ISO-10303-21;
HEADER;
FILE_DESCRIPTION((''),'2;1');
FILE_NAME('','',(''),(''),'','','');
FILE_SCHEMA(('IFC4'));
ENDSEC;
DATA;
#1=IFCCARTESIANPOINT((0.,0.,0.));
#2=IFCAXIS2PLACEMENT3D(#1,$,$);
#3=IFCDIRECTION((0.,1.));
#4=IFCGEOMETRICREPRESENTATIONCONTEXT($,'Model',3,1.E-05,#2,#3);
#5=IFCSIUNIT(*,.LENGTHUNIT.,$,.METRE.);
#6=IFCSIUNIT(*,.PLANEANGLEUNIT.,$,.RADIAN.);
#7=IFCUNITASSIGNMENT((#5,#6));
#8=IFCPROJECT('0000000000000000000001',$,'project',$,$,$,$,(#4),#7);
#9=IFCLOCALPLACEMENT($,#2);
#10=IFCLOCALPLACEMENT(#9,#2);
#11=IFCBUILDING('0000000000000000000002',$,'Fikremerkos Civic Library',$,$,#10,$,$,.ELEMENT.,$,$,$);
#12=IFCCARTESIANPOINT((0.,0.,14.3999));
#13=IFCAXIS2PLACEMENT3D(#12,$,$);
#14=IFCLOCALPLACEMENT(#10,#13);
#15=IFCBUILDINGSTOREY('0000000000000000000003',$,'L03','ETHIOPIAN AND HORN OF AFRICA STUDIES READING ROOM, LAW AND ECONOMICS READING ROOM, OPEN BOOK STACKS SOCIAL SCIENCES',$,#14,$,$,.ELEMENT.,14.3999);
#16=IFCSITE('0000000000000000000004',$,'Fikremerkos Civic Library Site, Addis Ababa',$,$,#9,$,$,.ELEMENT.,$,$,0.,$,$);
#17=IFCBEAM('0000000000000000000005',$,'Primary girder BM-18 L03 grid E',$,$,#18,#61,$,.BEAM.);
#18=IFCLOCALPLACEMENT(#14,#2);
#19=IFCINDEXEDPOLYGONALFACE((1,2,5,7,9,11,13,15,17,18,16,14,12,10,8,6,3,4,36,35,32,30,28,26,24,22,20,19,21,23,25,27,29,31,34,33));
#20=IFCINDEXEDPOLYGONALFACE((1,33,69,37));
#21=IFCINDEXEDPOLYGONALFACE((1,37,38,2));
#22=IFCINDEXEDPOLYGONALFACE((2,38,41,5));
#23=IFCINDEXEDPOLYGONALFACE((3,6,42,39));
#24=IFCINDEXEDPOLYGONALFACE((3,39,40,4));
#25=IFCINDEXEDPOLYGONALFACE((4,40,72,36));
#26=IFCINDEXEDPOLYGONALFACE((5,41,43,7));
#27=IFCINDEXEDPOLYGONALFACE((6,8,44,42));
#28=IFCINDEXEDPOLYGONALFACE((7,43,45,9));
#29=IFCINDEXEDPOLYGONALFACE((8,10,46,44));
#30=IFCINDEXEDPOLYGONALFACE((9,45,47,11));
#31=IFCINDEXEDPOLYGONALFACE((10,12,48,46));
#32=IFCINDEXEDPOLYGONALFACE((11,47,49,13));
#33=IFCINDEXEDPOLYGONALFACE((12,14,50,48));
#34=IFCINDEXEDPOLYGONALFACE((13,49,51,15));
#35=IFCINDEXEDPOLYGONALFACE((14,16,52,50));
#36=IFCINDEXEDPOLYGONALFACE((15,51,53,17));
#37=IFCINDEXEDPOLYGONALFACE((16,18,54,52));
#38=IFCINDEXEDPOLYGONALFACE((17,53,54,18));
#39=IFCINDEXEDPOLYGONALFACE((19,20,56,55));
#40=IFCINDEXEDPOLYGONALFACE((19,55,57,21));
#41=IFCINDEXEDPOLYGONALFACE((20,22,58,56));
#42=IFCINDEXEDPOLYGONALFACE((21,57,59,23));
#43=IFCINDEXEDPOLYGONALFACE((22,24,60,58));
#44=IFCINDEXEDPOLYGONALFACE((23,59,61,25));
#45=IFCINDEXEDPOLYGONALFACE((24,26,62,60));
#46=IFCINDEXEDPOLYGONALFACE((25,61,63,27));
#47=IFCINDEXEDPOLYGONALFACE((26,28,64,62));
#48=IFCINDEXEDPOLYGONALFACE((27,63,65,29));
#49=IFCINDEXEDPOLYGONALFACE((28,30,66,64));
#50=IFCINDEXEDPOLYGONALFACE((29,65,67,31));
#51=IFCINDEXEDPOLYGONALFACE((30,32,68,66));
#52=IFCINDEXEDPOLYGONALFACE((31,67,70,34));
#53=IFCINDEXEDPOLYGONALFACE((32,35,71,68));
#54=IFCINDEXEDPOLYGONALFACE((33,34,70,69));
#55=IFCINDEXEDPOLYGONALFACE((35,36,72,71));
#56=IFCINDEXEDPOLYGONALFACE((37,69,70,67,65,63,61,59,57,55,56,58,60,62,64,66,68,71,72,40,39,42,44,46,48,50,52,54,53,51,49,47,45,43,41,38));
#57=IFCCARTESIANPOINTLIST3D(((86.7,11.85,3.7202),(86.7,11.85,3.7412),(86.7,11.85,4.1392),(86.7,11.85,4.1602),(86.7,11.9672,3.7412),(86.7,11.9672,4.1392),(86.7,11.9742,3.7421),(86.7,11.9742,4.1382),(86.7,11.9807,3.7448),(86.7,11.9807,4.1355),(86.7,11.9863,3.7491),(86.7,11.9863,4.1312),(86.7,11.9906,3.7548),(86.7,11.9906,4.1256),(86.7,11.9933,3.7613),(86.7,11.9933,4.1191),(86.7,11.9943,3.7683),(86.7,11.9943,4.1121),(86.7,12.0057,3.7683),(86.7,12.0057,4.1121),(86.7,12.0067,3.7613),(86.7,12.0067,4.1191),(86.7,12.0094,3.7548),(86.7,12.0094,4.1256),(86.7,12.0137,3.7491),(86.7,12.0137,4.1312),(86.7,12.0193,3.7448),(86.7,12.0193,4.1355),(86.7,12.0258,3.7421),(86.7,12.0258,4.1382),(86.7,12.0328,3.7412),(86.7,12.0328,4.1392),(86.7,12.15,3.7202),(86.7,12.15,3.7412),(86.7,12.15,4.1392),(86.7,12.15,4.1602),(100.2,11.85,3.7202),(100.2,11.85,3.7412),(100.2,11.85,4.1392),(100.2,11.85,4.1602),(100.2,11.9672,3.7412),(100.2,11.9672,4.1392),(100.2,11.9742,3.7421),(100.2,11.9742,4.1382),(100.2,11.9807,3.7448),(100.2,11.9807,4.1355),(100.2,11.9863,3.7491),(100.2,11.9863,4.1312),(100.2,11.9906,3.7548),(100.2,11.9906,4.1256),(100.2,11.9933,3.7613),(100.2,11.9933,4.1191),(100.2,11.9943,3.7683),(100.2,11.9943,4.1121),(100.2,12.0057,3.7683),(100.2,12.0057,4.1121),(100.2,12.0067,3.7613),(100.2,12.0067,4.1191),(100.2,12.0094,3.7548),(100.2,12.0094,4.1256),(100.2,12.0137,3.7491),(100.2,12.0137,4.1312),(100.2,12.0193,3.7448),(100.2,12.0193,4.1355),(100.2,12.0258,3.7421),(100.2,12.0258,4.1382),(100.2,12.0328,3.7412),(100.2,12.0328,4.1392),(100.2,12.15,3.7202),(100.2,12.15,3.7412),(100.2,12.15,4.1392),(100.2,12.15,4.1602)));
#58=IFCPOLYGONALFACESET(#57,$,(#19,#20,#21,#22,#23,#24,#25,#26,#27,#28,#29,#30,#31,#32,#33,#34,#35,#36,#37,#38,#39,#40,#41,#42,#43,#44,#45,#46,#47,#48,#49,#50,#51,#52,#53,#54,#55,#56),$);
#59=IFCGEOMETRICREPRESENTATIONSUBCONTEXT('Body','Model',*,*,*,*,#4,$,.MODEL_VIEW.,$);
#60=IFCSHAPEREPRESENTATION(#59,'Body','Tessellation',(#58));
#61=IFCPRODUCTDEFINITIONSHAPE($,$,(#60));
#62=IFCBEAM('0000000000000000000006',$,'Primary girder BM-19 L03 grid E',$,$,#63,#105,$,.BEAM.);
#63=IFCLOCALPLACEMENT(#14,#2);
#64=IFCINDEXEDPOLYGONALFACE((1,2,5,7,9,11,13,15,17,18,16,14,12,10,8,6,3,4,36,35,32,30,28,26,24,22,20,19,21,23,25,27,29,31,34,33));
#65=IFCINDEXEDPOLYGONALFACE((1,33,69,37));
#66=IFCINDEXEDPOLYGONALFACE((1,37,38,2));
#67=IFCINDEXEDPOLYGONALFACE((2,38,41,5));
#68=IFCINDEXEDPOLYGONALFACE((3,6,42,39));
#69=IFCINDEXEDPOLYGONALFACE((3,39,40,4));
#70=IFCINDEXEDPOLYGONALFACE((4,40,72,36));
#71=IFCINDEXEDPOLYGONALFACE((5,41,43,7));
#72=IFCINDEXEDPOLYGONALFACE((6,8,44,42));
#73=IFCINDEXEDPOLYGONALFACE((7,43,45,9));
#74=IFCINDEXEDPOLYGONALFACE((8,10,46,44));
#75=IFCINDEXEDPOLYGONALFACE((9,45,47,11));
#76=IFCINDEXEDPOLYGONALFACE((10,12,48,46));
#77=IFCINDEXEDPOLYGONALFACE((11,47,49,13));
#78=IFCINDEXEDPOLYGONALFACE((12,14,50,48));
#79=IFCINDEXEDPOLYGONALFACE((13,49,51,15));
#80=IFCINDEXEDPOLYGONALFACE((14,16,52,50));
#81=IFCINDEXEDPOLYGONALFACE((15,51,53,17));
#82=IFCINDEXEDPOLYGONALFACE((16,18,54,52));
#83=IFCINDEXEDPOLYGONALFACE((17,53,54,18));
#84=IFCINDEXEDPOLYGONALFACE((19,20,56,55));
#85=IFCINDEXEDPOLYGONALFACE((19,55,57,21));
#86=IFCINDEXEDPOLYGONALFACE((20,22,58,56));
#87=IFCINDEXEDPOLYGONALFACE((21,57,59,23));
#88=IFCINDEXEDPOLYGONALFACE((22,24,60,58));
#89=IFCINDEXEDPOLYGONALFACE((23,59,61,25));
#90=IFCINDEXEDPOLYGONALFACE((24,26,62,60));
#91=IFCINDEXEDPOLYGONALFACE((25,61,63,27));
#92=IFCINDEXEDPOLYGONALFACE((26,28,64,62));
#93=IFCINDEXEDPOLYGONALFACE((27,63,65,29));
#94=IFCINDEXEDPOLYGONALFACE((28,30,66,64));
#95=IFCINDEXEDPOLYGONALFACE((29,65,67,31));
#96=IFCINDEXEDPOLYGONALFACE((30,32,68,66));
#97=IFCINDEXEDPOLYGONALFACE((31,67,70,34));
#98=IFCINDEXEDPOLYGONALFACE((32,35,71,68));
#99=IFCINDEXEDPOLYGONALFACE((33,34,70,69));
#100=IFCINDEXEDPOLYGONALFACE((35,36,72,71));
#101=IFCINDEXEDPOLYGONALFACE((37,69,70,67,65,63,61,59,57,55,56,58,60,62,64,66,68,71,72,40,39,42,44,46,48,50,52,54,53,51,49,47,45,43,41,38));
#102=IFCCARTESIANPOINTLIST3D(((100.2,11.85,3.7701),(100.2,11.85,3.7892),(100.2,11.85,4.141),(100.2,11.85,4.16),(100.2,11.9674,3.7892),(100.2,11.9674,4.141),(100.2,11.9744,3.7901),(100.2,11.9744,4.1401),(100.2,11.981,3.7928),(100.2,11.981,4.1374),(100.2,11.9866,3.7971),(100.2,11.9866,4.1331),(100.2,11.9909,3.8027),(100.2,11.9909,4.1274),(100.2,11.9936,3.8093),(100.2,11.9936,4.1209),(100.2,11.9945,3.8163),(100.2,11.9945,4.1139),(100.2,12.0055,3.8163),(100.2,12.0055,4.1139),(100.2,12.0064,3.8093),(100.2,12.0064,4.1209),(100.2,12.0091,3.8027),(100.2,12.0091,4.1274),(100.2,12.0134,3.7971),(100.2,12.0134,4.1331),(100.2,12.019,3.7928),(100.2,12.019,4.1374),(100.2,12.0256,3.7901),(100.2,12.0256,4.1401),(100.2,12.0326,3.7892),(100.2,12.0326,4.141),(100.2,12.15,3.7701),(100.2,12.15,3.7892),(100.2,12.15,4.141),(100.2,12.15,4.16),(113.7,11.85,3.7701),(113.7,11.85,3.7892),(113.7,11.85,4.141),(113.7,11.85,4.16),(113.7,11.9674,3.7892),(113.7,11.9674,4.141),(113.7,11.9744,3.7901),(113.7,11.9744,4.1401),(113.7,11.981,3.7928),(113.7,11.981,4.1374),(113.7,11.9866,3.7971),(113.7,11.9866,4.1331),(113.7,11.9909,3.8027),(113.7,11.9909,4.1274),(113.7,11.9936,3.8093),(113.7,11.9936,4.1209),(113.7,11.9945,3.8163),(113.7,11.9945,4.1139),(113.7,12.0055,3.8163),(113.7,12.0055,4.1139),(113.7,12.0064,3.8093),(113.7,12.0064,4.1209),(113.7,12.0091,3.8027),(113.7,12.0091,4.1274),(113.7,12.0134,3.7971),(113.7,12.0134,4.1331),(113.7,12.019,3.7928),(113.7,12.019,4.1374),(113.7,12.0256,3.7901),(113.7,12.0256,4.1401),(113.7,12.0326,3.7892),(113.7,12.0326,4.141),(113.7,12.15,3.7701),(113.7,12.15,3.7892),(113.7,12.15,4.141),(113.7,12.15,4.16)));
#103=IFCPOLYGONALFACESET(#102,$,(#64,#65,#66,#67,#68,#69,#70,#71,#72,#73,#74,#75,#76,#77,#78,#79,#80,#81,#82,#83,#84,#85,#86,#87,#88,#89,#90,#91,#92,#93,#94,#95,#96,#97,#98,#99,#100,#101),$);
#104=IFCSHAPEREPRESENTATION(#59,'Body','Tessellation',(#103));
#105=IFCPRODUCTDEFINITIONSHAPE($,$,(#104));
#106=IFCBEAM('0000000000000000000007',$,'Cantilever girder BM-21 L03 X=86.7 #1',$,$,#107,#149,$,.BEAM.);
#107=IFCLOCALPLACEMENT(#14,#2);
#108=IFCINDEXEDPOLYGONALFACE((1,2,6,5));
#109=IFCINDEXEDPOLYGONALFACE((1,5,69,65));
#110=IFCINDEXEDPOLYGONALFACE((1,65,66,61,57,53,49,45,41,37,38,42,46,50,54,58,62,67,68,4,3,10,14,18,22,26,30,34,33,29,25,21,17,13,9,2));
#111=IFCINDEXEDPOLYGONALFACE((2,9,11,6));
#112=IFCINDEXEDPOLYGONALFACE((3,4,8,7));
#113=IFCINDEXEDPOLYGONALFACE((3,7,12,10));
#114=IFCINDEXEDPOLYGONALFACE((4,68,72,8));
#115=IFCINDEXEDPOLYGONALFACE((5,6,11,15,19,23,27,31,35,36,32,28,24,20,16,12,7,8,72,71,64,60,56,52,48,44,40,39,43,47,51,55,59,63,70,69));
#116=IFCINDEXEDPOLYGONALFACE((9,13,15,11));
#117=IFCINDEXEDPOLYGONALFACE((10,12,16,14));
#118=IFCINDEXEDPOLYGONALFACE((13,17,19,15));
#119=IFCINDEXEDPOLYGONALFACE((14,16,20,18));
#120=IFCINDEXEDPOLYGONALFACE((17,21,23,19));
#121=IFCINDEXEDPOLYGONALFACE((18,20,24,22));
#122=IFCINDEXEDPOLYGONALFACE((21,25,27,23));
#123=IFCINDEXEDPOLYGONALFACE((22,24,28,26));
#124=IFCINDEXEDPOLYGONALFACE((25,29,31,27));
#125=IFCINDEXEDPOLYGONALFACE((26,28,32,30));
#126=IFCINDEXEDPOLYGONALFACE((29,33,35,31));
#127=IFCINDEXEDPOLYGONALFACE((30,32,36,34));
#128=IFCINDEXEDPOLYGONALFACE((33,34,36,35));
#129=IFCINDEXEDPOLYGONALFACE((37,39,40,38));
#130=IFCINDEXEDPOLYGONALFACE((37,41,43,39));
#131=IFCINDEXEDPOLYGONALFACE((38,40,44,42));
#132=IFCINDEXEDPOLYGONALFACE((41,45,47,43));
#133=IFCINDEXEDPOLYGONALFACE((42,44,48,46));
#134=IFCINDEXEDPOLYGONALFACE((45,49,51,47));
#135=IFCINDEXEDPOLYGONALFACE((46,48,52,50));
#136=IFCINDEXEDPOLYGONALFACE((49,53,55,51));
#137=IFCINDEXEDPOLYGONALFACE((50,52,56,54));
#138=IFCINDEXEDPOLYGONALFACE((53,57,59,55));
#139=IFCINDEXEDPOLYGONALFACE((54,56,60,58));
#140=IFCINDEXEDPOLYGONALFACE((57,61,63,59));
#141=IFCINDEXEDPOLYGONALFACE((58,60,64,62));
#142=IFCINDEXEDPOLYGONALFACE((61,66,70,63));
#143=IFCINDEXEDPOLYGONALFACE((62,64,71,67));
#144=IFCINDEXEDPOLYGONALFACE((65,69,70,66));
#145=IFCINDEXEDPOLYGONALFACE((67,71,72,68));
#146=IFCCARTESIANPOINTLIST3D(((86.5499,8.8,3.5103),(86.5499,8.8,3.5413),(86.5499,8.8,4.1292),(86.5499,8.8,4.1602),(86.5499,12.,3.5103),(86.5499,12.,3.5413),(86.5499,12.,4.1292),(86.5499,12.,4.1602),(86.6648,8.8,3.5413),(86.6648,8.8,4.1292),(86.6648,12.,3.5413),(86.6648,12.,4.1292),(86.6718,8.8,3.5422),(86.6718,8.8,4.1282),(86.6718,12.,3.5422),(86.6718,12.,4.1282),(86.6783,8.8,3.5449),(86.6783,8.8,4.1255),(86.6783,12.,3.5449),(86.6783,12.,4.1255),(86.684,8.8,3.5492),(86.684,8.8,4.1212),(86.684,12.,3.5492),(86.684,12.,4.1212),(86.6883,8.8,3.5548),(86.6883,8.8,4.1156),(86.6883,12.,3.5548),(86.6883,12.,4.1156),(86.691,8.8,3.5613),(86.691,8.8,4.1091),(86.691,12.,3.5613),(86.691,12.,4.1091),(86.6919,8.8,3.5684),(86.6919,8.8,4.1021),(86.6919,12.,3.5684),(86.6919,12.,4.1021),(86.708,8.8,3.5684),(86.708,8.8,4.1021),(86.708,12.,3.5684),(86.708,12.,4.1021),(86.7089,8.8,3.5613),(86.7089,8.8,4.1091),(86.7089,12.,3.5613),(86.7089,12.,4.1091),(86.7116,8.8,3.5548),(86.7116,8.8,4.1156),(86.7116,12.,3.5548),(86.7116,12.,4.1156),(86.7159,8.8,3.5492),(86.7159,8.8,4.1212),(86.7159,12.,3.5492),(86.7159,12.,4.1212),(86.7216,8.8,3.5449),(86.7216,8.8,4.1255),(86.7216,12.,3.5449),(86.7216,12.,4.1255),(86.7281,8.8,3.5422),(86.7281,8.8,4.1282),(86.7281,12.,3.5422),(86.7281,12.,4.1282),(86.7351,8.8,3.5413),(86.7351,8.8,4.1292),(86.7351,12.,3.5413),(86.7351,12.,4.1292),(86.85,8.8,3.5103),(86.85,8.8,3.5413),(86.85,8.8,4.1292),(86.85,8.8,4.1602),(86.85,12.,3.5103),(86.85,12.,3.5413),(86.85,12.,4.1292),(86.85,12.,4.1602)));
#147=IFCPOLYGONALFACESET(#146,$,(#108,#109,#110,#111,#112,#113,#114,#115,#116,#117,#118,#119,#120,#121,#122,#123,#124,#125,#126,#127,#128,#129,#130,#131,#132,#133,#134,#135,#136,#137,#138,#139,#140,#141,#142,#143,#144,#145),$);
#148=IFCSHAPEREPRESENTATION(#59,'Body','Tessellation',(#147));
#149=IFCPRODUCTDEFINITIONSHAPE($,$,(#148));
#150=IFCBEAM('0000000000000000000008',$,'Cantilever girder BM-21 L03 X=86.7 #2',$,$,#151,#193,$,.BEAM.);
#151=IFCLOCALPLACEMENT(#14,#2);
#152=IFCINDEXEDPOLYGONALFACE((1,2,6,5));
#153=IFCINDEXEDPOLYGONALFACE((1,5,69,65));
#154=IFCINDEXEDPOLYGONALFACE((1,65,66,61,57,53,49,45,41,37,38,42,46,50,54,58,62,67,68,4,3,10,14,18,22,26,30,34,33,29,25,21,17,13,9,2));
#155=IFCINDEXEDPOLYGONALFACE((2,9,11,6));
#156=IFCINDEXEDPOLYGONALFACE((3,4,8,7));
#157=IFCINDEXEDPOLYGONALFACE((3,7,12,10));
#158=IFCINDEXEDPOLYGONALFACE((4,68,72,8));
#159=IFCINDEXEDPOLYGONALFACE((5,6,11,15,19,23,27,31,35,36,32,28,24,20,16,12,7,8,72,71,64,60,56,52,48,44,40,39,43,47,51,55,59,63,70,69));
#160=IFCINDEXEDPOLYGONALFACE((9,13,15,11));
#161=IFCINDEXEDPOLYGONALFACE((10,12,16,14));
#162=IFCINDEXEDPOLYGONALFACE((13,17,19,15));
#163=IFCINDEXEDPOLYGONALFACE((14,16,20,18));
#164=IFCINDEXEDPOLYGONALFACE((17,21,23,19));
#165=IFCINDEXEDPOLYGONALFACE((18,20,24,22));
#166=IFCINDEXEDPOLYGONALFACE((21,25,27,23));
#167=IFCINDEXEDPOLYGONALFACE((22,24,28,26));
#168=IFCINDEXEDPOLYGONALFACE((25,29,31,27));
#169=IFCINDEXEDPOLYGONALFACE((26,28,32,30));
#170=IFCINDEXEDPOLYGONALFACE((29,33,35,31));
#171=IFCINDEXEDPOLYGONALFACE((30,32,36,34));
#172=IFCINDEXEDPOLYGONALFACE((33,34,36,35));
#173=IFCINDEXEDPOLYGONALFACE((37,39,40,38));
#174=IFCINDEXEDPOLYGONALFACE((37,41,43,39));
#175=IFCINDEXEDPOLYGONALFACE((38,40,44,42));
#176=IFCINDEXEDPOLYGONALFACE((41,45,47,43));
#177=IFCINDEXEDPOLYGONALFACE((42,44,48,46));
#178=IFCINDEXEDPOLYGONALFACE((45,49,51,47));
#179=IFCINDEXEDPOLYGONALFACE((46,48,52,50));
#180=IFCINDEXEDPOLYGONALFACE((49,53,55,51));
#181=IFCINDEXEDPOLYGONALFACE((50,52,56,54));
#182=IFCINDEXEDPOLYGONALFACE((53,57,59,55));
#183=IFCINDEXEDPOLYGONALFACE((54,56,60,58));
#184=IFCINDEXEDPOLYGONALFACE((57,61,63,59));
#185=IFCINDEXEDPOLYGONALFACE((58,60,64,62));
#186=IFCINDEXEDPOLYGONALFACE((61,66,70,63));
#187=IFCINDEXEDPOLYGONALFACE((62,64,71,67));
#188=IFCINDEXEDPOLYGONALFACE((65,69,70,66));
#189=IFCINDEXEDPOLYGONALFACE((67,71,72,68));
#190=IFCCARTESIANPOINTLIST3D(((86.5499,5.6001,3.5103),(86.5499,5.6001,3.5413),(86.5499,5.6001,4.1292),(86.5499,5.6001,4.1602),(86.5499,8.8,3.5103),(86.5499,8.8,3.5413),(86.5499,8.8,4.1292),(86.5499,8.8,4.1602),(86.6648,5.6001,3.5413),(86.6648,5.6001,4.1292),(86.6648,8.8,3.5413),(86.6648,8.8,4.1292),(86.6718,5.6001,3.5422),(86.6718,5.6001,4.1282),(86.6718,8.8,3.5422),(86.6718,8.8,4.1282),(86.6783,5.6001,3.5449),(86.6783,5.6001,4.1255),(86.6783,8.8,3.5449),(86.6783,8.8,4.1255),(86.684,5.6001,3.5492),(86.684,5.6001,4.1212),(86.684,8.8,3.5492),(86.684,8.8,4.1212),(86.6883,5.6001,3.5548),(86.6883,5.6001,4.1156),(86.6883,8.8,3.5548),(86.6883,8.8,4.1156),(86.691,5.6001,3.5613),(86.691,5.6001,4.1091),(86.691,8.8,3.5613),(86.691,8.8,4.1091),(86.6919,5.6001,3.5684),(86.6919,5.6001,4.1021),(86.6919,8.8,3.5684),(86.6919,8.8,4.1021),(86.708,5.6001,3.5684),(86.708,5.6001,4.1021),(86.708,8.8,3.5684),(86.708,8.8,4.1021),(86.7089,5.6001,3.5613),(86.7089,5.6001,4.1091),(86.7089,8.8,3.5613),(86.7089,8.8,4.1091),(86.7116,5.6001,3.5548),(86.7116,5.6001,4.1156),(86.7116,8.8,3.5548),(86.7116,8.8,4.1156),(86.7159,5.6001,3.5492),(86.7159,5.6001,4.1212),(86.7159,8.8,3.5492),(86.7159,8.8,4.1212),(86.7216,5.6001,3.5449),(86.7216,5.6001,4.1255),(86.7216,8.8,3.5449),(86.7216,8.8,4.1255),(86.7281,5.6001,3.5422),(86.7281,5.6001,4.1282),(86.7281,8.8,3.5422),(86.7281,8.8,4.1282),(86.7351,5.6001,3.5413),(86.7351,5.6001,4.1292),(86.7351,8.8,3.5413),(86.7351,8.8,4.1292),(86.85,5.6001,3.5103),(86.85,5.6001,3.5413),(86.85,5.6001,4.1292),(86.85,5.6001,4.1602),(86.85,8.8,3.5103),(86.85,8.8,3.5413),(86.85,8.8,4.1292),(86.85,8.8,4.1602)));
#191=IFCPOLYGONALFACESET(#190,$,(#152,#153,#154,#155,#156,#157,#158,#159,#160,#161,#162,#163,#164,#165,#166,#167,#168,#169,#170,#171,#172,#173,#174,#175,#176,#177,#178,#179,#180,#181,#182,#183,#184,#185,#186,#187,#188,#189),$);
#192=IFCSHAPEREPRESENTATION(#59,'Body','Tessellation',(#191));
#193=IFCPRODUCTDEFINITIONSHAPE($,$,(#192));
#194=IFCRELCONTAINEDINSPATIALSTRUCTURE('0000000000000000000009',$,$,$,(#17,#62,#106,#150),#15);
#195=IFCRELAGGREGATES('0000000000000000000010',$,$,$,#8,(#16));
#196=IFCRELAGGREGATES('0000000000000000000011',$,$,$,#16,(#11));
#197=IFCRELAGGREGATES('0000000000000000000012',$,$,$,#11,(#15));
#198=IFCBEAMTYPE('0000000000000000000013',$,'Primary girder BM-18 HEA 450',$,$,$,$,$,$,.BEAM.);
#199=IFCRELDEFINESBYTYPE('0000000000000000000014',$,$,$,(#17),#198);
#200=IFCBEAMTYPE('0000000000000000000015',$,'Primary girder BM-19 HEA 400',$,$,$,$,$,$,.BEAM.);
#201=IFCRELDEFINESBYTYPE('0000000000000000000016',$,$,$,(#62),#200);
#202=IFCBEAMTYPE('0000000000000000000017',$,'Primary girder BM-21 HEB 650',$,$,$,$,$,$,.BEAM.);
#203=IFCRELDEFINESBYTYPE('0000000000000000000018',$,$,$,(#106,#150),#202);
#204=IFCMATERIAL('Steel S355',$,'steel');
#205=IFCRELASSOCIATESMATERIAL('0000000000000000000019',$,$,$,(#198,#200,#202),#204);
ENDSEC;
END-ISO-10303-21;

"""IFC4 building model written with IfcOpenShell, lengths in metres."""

from ifc_helpers import new_model, si_unit, direction, frame, origin, origin_2d, place, context, subcontext, project, spatial, i_section, extrude, material, material_profile, profile_set, type_object, element, save


model = new_model("IFC4")

# Units and contexts
model_context = context("Model", 3, precision=1e-05, world=origin(), true_north=direction((0.0, 1.0)))
body_context = subcontext(model_context, "Body", "Model", "MODEL_VIEW")
ifc_project = project(units=[si_unit("LENGTHUNIT", "METRE"), si_unit("PLANEANGLEUNIT", "RADIAN")], contexts=[model_context])

# Site, building, storey
site_placement = place(None, origin())
site = spatial("IfcSite", under=ifc_project, at=site_placement, Name="Fikremerkos Civic Library Site, Addis Ababa", CompositionType="ELEMENT", RefElevation=0.0)
building_placement = place(site_placement, origin())
building = spatial("IfcBuilding", under=site, at=building_placement, Name="Fikremerkos Civic Library", CompositionType="ELEMENT")
storey_placement = place(building_placement, frame((0.0, 0.0, 14.3999)))
storey = spatial("IfcBuildingStorey", under=building, at=storey_placement, Name="L03", Description="ETHIOPIAN AND HORN OF AFRICA STUDIES READING ROOM, LAW AND ECONOMICS READING ROOM, OPEN BOOK STACKS SOCIAL SCIENCES", CompositionType="ELEMENT", Elevation=14.3999)

# Shared definitions
ifc_material_1 = material(Name="Steel S355", Category="steel")

# Beams
ifc_material_profile_1 = material_profile(ifc_material_1, i_section(OverallWidth=0.3, OverallDepth=0.4399, WebThickness=0.0115, FlangeThickness=0.021, FilletRadius=0.0271, at=origin_2d()), Name="HEA 450")
ifc_profile_set_1 = profile_set([ifc_material_profile_1], Name="Steel S355")
beam_type_1 = type_object("IfcBeamType", Name="Primary girder BM-18 HEA 450", PredefinedType="BEAM", material=ifc_profile_set_1)
beam_1_placement = place(storey_placement, frame((86.7, 12.0, 3.9402), z_axis=(1.0, 0.0, 0.0), x_axis=(0.0, 1.0, 0.0)))
element("IfcBeam", 1, at=beam_1_placement, inside=storey, type_object=beam_type_1, Name="Primary girder BM-18 L03 grid E", PredefinedType="BEAM", context=body_context, shape_type="SweptSolid", body=[
    extrude(i_section(OverallWidth=0.3, OverallDepth=0.4399, WebThickness=0.0115, FlangeThickness=0.021, FilletRadius=0.0271, at=origin_2d()), origin(), (0.0, 0.0, 1.0), 13.5),
])
ifc_material_profile_2 = material_profile(ifc_material_1, i_section(OverallWidth=0.3, OverallDepth=0.3899, WebThickness=0.011, FlangeThickness=0.019, FilletRadius=0.0271, at=origin_2d()), Name="HEA 400")
ifc_profile_set_2 = profile_set([ifc_material_profile_2], Name="Steel S355")
beam_type_2 = type_object("IfcBeamType", Name="Primary girder BM-19 HEA 400", PredefinedType="BEAM", material=ifc_profile_set_2)
beam_2_placement = place(storey_placement, frame((100.2, 12.0, 3.9651), z_axis=(1.0, 0.0, 0.0), x_axis=(0.0, 1.0, 0.0)))
element("IfcBeam", 2, at=beam_2_placement, inside=storey, type_object=beam_type_2, Name="Primary girder BM-19 L03 grid E", PredefinedType="BEAM", context=body_context, shape_type="SweptSolid", body=[
    extrude(i_section(OverallWidth=0.3, OverallDepth=0.3899, WebThickness=0.011, FlangeThickness=0.019, FilletRadius=0.0271, at=origin_2d()), origin(), (0.0, 0.0, 1.0), 13.5),
])
ifc_material_profile_3 = material_profile(ifc_material_1, i_section(OverallWidth=0.3, OverallDepth=0.6499, WebThickness=0.0161, FlangeThickness=0.031, FilletRadius=0.0271, at=origin_2d()), Name="HEB 650")
ifc_profile_set_3 = profile_set([ifc_material_profile_3], Name="Steel S355")
beam_type_3 = type_object("IfcBeamType", Name="Primary girder BM-21 HEB 650", PredefinedType="BEAM", material=ifc_profile_set_3)
for number, where, z_axis, x_axis, name in (
    (3, (86.7, 12.0, 3.8352), (0.0, -1.0, 0.0), (1.0, 0.0, 0.0), "Cantilever girder BM-21 L03 X=86.7 #1"),
    (4, (86.7, 8.8, 3.8352), (0.0, -1.0, 0.0), (1.0, 0.0, 0.0), "Cantilever girder BM-21 L03 X=86.7 #2"),
):
    element("IfcBeam", number, at=place(storey_placement, frame(where, z_axis=z_axis, x_axis=x_axis)), inside=storey, type_object=beam_type_3, Name=name, PredefinedType="BEAM", context=body_context, shape_type="SweptSolid", body=[
        extrude(i_section(OverallWidth=0.3, OverallDepth=0.6499, WebThickness=0.0161, FlangeThickness=0.031, FilletRadius=0.0271, at=origin_2d()), origin(), (0.0, 0.0, 1.0), 3.2),
    ])

save(model, "model.ifc")
